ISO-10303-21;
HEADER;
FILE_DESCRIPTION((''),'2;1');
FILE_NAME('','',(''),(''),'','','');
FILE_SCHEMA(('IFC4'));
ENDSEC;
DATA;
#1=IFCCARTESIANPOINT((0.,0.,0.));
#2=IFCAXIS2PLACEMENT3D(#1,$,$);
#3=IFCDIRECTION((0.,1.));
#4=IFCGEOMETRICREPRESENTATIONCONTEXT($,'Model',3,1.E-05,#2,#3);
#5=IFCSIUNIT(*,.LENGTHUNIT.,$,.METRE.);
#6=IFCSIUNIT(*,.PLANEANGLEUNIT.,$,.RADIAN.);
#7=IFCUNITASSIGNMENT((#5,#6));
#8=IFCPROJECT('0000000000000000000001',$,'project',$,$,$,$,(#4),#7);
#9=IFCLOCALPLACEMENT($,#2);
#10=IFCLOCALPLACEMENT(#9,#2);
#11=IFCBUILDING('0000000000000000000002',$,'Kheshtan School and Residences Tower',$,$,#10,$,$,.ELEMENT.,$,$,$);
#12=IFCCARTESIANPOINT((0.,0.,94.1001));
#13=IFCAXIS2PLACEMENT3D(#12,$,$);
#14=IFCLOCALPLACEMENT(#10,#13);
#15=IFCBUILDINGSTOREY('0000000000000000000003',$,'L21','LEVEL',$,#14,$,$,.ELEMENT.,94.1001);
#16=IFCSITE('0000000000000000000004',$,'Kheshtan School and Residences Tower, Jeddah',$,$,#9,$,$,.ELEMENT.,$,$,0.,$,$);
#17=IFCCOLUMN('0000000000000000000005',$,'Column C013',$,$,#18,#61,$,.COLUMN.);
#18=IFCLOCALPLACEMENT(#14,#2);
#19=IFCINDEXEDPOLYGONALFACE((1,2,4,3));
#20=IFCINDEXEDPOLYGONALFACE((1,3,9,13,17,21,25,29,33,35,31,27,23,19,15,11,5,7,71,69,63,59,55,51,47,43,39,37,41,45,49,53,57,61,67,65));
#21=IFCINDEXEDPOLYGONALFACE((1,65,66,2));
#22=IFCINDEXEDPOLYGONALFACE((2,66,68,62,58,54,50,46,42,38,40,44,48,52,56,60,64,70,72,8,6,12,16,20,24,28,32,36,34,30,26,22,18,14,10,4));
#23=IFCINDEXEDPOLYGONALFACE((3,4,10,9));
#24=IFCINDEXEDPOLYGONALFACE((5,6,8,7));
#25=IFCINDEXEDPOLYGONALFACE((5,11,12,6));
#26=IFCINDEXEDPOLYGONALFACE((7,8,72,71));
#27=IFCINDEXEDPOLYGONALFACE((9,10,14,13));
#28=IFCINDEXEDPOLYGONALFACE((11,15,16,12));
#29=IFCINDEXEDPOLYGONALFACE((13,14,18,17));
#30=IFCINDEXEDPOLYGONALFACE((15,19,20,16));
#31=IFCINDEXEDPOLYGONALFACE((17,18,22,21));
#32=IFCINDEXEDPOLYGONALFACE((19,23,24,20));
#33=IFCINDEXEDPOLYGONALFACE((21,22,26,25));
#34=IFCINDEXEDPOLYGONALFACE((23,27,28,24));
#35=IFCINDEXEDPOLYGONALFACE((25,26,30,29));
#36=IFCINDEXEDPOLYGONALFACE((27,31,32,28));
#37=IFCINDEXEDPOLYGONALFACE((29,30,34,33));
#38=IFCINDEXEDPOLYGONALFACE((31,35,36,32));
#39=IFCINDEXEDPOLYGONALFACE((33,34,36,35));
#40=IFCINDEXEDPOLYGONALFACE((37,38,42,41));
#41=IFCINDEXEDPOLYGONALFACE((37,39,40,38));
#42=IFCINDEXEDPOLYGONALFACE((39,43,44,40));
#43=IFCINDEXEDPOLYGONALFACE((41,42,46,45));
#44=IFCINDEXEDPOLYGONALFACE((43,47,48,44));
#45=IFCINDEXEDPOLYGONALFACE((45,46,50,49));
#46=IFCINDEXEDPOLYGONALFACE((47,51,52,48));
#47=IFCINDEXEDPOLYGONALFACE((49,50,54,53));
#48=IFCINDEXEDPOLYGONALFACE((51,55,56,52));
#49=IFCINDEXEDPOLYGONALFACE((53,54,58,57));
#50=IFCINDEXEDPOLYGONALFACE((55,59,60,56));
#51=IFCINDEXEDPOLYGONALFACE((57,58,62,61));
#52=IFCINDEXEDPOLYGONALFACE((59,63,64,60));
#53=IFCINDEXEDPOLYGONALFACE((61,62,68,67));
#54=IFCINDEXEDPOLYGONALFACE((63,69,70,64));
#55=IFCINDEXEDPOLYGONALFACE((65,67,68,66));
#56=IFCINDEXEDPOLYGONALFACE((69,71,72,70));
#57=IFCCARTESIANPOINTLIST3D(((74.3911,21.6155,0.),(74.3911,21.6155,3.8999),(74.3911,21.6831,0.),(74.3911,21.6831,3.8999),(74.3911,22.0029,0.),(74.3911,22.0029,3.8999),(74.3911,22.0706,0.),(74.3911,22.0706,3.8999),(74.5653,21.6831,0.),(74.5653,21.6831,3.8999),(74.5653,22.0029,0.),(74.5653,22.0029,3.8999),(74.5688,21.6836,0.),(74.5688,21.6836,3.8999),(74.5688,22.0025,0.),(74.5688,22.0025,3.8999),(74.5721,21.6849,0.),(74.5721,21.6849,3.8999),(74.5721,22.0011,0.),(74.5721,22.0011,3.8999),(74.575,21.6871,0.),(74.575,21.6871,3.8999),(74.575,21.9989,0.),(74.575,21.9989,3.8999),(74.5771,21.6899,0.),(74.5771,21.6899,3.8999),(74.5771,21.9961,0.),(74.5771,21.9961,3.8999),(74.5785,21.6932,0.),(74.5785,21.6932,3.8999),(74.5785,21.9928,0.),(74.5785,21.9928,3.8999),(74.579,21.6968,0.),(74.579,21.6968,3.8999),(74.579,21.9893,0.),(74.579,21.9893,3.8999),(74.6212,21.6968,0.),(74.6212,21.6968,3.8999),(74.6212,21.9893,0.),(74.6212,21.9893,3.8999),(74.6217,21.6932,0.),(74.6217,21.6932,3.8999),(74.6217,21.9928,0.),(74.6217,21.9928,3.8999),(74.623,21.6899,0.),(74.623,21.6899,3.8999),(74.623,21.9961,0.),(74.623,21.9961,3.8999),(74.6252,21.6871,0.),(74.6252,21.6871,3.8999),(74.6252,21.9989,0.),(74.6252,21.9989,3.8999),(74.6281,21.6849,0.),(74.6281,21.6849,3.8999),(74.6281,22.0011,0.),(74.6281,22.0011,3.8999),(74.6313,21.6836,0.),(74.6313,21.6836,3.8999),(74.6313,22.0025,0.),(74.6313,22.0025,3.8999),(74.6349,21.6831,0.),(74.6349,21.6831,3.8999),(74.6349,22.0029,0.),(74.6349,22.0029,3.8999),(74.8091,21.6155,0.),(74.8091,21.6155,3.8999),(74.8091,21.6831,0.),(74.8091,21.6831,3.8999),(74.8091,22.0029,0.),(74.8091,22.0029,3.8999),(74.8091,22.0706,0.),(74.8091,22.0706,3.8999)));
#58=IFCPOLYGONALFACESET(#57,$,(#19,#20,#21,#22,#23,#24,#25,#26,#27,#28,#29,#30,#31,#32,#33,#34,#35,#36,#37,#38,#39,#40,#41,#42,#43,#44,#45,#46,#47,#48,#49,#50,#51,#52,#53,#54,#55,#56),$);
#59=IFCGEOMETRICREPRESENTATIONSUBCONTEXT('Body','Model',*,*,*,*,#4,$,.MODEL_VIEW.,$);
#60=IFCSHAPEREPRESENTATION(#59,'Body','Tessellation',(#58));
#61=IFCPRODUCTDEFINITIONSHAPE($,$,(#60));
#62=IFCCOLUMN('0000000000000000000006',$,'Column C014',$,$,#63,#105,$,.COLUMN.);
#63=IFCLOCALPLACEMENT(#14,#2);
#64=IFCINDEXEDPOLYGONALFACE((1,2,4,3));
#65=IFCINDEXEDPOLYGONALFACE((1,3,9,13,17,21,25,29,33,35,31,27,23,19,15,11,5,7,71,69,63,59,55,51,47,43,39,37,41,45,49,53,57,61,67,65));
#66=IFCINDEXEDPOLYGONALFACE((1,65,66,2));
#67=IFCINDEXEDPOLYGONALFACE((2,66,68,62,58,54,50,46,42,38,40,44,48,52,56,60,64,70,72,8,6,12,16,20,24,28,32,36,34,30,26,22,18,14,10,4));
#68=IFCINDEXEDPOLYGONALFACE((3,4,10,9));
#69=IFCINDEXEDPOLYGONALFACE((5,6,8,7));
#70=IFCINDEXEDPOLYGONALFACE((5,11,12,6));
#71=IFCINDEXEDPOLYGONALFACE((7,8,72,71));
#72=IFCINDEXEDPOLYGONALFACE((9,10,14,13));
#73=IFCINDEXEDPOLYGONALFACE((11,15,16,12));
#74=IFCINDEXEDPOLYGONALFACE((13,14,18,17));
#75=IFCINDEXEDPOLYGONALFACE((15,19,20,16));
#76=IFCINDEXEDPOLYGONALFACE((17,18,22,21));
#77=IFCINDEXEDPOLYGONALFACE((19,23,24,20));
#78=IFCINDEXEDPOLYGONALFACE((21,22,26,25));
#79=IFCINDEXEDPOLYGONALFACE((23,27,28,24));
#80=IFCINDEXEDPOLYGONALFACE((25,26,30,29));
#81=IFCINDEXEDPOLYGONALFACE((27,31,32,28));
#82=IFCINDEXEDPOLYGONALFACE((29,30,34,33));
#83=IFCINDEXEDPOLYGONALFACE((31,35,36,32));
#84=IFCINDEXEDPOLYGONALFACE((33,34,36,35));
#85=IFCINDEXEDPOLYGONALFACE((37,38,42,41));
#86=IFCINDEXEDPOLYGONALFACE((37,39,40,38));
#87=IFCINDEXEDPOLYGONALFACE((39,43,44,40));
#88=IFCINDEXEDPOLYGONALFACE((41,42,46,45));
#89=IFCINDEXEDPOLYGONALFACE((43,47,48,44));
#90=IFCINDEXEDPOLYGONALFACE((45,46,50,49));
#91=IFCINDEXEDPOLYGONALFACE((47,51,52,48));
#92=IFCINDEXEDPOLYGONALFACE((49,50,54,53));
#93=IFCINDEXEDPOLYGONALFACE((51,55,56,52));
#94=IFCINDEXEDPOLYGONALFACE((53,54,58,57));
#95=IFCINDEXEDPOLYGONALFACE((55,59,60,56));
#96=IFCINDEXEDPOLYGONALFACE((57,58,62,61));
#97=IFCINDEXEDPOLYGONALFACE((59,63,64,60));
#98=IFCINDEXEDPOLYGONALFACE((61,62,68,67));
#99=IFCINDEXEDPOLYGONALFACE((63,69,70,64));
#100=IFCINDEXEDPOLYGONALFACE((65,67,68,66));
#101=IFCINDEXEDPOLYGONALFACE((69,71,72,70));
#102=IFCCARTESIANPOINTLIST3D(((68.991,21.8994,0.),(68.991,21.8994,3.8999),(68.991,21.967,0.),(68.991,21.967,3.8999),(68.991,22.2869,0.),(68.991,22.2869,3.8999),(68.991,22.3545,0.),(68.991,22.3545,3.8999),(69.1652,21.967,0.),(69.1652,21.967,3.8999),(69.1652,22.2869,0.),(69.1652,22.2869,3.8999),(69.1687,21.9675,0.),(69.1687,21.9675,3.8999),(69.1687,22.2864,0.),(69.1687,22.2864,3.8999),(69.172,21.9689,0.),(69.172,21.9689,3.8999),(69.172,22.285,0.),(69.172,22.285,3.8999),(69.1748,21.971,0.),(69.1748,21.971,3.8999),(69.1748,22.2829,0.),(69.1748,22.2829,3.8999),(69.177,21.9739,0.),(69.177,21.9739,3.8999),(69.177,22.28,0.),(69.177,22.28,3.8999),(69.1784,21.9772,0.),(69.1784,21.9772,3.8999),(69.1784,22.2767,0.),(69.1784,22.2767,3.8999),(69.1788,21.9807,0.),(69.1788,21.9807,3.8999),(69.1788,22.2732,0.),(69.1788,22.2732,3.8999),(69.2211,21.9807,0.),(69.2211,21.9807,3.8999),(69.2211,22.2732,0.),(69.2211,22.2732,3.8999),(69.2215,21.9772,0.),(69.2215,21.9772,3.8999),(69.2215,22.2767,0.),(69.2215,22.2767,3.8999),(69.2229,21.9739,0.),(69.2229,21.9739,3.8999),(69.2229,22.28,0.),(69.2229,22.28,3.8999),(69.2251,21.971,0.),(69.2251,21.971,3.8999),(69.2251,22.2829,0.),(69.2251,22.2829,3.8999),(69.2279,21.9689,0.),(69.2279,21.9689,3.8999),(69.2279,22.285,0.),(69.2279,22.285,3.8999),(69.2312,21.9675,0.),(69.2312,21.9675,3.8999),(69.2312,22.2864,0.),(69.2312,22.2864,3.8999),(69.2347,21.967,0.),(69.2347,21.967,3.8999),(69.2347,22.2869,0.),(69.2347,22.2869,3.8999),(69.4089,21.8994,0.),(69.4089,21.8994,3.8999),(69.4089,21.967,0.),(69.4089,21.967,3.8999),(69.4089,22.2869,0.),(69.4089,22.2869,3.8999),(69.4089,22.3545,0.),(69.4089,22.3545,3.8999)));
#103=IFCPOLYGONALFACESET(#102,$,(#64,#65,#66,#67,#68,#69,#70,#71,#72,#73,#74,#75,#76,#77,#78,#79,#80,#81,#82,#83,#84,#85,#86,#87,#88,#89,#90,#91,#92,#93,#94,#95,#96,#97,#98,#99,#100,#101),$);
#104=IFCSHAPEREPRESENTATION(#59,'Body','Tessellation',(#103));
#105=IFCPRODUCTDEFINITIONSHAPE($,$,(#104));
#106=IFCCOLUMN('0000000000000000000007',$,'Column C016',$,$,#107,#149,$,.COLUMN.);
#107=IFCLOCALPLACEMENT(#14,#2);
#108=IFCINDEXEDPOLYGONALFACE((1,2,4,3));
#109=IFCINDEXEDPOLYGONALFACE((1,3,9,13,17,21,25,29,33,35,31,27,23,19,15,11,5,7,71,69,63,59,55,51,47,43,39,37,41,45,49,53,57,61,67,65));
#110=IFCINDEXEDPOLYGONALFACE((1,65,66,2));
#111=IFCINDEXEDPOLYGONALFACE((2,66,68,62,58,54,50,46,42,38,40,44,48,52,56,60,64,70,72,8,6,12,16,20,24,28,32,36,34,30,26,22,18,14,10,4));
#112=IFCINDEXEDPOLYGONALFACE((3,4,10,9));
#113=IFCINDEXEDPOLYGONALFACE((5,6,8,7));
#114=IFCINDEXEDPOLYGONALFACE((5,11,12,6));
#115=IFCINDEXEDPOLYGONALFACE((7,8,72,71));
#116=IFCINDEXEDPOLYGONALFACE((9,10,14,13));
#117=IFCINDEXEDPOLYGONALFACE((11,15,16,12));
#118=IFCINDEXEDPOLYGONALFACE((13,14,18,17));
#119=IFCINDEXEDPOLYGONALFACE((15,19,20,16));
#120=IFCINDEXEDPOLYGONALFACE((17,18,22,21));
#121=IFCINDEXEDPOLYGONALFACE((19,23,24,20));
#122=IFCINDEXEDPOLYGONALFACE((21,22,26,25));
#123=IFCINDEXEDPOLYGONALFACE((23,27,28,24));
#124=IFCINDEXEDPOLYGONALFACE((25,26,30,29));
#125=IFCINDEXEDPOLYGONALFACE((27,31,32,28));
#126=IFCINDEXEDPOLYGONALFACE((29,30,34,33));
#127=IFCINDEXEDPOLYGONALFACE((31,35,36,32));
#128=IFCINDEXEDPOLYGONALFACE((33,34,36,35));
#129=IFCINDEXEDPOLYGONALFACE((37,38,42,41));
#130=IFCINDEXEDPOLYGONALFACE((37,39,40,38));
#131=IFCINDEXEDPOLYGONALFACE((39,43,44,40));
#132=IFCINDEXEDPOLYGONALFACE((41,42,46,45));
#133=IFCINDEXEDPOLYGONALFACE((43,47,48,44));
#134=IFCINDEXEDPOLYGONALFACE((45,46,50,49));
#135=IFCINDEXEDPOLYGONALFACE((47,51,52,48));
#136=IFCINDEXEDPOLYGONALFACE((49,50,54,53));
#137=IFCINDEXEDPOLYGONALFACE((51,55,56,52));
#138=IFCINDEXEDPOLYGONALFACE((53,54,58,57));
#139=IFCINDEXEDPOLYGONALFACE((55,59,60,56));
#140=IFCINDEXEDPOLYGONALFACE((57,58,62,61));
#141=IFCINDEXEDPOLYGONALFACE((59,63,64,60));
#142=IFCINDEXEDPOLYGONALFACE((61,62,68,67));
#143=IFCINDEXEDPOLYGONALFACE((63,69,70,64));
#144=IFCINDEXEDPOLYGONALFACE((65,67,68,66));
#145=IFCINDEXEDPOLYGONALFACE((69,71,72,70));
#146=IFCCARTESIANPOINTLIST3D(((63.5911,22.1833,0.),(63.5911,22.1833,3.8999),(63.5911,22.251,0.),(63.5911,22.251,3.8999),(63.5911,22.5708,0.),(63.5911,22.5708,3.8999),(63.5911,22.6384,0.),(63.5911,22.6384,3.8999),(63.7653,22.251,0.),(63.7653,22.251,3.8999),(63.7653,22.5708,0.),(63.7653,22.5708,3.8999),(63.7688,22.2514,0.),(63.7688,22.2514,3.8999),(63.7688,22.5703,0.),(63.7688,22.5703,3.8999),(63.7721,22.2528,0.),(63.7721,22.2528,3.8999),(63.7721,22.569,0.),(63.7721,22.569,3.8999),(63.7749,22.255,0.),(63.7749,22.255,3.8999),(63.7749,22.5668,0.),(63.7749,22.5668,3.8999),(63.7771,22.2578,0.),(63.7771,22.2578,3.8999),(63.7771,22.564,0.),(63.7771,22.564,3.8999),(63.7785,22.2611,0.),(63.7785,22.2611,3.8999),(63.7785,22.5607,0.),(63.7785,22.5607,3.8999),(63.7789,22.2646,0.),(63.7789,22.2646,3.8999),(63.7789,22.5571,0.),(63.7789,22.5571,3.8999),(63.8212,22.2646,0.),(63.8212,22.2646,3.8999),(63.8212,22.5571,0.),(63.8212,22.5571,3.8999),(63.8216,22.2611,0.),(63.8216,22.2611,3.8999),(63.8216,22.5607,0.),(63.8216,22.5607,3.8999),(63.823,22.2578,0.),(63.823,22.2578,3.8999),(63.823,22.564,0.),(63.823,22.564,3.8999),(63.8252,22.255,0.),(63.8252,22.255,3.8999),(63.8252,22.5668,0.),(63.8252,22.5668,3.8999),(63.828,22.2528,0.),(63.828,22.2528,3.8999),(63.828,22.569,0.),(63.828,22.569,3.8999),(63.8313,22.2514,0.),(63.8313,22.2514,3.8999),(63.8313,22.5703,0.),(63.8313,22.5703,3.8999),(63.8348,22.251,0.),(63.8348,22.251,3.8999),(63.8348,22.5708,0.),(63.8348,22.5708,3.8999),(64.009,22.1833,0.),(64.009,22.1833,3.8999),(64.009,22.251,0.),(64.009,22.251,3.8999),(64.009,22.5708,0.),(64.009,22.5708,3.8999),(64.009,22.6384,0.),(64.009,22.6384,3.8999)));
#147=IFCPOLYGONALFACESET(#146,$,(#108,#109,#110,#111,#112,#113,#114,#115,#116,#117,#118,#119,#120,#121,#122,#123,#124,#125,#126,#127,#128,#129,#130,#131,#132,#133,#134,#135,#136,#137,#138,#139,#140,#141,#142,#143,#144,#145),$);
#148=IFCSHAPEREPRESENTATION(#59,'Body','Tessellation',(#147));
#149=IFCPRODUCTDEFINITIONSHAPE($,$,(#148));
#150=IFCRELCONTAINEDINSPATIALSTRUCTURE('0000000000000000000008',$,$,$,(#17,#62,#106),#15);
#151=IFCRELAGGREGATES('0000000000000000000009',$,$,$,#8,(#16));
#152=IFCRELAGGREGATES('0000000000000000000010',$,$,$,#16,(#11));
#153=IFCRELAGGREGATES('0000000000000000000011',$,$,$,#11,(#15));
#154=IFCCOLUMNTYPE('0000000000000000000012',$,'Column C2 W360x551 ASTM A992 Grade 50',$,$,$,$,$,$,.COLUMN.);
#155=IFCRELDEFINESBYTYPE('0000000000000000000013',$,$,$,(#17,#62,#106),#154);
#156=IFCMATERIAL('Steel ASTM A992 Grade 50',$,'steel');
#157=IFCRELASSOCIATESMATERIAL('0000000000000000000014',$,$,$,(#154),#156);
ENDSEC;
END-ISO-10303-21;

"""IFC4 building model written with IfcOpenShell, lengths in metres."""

from ifc_helpers import new_model, si_unit, direction, frame, origin, origin_2d, place, context, subcontext, project, spatial, i_section, extrude, material, material_profile, profile_set, type_object, element, save


model = new_model("IFC4")

# Units and contexts
model_context = context("Model", 3, precision=1e-05, world=origin(), true_north=direction((0.0, 1.0)))
body_context = subcontext(model_context, "Body", "Model", "MODEL_VIEW")
ifc_project = project(units=[si_unit("LENGTHUNIT", "METRE"), si_unit("PLANEANGLEUNIT", "RADIAN")], contexts=[model_context])

# Site, building, storey
site_placement = place(None, origin())
site = spatial("IfcSite", under=ifc_project, at=site_placement, Name="Kheshtan School and Residences Tower, Jeddah", CompositionType="ELEMENT", RefElevation=0.0)
building_placement = place(site_placement, origin())
building = spatial("IfcBuilding", under=site, at=building_placement, Name="Kheshtan School and Residences Tower", CompositionType="ELEMENT")
storey_placement = place(building_placement, frame((0.0, 0.0, 94.1001)))
storey = spatial("IfcBuildingStorey", under=building, at=storey_placement, Name="L21", Description="LEVEL", CompositionType="ELEMENT", Elevation=94.1001)

# Columns
ifc_material_1 = material(Name="Steel ASTM A992 Grade 50", Category="steel")
ifc_material_profile_1 = material_profile(ifc_material_1, i_section(OverallWidth=0.418, OverallDepth=0.4551, WebThickness=0.0422, FlangeThickness=0.0676, FilletRadius=0.0137, at=origin_2d()), Name="W360x551")
ifc_profile_set_1 = profile_set([ifc_material_profile_1], Name="Steel ASTM A992 Grade 50")
column_type_1 = type_object("IfcColumnType", Name="Column C2 W360x551 ASTM A992 Grade 50", PredefinedType="COLUMN", material=ifc_profile_set_1)
for number, where, z_axis, x_axis, name in (
    (1, (74.6001, 21.843, 0.0), (0.0, 0.0, 1.0), (1.0, 0.0, 0.0), "Column C013"),
    (2, (69.2, 22.127, 0.0), (0.0, 0.0, 1.0), (1.0, 0.0, 0.0), "Column C014"),
    (3, (63.8, 22.4109, 0.0), (0.0, 0.0, 1.0), (1.0, 0.0, 0.0), "Column C016"),
):
    element("IfcColumn", number, at=place(storey_placement, frame(where, z_axis=z_axis, x_axis=x_axis)), inside=storey, type_object=column_type_1, Name=name, PredefinedType="COLUMN", context=body_context, shape_type="SweptSolid", body=[
        extrude(i_section(OverallWidth=0.418, OverallDepth=0.4551, WebThickness=0.0422, FlangeThickness=0.0676, FilletRadius=0.0137, at=origin_2d()), origin(), (0.0, 0.0, 1.0), 3.8999),
    ])

save(model, "model.ifc")
